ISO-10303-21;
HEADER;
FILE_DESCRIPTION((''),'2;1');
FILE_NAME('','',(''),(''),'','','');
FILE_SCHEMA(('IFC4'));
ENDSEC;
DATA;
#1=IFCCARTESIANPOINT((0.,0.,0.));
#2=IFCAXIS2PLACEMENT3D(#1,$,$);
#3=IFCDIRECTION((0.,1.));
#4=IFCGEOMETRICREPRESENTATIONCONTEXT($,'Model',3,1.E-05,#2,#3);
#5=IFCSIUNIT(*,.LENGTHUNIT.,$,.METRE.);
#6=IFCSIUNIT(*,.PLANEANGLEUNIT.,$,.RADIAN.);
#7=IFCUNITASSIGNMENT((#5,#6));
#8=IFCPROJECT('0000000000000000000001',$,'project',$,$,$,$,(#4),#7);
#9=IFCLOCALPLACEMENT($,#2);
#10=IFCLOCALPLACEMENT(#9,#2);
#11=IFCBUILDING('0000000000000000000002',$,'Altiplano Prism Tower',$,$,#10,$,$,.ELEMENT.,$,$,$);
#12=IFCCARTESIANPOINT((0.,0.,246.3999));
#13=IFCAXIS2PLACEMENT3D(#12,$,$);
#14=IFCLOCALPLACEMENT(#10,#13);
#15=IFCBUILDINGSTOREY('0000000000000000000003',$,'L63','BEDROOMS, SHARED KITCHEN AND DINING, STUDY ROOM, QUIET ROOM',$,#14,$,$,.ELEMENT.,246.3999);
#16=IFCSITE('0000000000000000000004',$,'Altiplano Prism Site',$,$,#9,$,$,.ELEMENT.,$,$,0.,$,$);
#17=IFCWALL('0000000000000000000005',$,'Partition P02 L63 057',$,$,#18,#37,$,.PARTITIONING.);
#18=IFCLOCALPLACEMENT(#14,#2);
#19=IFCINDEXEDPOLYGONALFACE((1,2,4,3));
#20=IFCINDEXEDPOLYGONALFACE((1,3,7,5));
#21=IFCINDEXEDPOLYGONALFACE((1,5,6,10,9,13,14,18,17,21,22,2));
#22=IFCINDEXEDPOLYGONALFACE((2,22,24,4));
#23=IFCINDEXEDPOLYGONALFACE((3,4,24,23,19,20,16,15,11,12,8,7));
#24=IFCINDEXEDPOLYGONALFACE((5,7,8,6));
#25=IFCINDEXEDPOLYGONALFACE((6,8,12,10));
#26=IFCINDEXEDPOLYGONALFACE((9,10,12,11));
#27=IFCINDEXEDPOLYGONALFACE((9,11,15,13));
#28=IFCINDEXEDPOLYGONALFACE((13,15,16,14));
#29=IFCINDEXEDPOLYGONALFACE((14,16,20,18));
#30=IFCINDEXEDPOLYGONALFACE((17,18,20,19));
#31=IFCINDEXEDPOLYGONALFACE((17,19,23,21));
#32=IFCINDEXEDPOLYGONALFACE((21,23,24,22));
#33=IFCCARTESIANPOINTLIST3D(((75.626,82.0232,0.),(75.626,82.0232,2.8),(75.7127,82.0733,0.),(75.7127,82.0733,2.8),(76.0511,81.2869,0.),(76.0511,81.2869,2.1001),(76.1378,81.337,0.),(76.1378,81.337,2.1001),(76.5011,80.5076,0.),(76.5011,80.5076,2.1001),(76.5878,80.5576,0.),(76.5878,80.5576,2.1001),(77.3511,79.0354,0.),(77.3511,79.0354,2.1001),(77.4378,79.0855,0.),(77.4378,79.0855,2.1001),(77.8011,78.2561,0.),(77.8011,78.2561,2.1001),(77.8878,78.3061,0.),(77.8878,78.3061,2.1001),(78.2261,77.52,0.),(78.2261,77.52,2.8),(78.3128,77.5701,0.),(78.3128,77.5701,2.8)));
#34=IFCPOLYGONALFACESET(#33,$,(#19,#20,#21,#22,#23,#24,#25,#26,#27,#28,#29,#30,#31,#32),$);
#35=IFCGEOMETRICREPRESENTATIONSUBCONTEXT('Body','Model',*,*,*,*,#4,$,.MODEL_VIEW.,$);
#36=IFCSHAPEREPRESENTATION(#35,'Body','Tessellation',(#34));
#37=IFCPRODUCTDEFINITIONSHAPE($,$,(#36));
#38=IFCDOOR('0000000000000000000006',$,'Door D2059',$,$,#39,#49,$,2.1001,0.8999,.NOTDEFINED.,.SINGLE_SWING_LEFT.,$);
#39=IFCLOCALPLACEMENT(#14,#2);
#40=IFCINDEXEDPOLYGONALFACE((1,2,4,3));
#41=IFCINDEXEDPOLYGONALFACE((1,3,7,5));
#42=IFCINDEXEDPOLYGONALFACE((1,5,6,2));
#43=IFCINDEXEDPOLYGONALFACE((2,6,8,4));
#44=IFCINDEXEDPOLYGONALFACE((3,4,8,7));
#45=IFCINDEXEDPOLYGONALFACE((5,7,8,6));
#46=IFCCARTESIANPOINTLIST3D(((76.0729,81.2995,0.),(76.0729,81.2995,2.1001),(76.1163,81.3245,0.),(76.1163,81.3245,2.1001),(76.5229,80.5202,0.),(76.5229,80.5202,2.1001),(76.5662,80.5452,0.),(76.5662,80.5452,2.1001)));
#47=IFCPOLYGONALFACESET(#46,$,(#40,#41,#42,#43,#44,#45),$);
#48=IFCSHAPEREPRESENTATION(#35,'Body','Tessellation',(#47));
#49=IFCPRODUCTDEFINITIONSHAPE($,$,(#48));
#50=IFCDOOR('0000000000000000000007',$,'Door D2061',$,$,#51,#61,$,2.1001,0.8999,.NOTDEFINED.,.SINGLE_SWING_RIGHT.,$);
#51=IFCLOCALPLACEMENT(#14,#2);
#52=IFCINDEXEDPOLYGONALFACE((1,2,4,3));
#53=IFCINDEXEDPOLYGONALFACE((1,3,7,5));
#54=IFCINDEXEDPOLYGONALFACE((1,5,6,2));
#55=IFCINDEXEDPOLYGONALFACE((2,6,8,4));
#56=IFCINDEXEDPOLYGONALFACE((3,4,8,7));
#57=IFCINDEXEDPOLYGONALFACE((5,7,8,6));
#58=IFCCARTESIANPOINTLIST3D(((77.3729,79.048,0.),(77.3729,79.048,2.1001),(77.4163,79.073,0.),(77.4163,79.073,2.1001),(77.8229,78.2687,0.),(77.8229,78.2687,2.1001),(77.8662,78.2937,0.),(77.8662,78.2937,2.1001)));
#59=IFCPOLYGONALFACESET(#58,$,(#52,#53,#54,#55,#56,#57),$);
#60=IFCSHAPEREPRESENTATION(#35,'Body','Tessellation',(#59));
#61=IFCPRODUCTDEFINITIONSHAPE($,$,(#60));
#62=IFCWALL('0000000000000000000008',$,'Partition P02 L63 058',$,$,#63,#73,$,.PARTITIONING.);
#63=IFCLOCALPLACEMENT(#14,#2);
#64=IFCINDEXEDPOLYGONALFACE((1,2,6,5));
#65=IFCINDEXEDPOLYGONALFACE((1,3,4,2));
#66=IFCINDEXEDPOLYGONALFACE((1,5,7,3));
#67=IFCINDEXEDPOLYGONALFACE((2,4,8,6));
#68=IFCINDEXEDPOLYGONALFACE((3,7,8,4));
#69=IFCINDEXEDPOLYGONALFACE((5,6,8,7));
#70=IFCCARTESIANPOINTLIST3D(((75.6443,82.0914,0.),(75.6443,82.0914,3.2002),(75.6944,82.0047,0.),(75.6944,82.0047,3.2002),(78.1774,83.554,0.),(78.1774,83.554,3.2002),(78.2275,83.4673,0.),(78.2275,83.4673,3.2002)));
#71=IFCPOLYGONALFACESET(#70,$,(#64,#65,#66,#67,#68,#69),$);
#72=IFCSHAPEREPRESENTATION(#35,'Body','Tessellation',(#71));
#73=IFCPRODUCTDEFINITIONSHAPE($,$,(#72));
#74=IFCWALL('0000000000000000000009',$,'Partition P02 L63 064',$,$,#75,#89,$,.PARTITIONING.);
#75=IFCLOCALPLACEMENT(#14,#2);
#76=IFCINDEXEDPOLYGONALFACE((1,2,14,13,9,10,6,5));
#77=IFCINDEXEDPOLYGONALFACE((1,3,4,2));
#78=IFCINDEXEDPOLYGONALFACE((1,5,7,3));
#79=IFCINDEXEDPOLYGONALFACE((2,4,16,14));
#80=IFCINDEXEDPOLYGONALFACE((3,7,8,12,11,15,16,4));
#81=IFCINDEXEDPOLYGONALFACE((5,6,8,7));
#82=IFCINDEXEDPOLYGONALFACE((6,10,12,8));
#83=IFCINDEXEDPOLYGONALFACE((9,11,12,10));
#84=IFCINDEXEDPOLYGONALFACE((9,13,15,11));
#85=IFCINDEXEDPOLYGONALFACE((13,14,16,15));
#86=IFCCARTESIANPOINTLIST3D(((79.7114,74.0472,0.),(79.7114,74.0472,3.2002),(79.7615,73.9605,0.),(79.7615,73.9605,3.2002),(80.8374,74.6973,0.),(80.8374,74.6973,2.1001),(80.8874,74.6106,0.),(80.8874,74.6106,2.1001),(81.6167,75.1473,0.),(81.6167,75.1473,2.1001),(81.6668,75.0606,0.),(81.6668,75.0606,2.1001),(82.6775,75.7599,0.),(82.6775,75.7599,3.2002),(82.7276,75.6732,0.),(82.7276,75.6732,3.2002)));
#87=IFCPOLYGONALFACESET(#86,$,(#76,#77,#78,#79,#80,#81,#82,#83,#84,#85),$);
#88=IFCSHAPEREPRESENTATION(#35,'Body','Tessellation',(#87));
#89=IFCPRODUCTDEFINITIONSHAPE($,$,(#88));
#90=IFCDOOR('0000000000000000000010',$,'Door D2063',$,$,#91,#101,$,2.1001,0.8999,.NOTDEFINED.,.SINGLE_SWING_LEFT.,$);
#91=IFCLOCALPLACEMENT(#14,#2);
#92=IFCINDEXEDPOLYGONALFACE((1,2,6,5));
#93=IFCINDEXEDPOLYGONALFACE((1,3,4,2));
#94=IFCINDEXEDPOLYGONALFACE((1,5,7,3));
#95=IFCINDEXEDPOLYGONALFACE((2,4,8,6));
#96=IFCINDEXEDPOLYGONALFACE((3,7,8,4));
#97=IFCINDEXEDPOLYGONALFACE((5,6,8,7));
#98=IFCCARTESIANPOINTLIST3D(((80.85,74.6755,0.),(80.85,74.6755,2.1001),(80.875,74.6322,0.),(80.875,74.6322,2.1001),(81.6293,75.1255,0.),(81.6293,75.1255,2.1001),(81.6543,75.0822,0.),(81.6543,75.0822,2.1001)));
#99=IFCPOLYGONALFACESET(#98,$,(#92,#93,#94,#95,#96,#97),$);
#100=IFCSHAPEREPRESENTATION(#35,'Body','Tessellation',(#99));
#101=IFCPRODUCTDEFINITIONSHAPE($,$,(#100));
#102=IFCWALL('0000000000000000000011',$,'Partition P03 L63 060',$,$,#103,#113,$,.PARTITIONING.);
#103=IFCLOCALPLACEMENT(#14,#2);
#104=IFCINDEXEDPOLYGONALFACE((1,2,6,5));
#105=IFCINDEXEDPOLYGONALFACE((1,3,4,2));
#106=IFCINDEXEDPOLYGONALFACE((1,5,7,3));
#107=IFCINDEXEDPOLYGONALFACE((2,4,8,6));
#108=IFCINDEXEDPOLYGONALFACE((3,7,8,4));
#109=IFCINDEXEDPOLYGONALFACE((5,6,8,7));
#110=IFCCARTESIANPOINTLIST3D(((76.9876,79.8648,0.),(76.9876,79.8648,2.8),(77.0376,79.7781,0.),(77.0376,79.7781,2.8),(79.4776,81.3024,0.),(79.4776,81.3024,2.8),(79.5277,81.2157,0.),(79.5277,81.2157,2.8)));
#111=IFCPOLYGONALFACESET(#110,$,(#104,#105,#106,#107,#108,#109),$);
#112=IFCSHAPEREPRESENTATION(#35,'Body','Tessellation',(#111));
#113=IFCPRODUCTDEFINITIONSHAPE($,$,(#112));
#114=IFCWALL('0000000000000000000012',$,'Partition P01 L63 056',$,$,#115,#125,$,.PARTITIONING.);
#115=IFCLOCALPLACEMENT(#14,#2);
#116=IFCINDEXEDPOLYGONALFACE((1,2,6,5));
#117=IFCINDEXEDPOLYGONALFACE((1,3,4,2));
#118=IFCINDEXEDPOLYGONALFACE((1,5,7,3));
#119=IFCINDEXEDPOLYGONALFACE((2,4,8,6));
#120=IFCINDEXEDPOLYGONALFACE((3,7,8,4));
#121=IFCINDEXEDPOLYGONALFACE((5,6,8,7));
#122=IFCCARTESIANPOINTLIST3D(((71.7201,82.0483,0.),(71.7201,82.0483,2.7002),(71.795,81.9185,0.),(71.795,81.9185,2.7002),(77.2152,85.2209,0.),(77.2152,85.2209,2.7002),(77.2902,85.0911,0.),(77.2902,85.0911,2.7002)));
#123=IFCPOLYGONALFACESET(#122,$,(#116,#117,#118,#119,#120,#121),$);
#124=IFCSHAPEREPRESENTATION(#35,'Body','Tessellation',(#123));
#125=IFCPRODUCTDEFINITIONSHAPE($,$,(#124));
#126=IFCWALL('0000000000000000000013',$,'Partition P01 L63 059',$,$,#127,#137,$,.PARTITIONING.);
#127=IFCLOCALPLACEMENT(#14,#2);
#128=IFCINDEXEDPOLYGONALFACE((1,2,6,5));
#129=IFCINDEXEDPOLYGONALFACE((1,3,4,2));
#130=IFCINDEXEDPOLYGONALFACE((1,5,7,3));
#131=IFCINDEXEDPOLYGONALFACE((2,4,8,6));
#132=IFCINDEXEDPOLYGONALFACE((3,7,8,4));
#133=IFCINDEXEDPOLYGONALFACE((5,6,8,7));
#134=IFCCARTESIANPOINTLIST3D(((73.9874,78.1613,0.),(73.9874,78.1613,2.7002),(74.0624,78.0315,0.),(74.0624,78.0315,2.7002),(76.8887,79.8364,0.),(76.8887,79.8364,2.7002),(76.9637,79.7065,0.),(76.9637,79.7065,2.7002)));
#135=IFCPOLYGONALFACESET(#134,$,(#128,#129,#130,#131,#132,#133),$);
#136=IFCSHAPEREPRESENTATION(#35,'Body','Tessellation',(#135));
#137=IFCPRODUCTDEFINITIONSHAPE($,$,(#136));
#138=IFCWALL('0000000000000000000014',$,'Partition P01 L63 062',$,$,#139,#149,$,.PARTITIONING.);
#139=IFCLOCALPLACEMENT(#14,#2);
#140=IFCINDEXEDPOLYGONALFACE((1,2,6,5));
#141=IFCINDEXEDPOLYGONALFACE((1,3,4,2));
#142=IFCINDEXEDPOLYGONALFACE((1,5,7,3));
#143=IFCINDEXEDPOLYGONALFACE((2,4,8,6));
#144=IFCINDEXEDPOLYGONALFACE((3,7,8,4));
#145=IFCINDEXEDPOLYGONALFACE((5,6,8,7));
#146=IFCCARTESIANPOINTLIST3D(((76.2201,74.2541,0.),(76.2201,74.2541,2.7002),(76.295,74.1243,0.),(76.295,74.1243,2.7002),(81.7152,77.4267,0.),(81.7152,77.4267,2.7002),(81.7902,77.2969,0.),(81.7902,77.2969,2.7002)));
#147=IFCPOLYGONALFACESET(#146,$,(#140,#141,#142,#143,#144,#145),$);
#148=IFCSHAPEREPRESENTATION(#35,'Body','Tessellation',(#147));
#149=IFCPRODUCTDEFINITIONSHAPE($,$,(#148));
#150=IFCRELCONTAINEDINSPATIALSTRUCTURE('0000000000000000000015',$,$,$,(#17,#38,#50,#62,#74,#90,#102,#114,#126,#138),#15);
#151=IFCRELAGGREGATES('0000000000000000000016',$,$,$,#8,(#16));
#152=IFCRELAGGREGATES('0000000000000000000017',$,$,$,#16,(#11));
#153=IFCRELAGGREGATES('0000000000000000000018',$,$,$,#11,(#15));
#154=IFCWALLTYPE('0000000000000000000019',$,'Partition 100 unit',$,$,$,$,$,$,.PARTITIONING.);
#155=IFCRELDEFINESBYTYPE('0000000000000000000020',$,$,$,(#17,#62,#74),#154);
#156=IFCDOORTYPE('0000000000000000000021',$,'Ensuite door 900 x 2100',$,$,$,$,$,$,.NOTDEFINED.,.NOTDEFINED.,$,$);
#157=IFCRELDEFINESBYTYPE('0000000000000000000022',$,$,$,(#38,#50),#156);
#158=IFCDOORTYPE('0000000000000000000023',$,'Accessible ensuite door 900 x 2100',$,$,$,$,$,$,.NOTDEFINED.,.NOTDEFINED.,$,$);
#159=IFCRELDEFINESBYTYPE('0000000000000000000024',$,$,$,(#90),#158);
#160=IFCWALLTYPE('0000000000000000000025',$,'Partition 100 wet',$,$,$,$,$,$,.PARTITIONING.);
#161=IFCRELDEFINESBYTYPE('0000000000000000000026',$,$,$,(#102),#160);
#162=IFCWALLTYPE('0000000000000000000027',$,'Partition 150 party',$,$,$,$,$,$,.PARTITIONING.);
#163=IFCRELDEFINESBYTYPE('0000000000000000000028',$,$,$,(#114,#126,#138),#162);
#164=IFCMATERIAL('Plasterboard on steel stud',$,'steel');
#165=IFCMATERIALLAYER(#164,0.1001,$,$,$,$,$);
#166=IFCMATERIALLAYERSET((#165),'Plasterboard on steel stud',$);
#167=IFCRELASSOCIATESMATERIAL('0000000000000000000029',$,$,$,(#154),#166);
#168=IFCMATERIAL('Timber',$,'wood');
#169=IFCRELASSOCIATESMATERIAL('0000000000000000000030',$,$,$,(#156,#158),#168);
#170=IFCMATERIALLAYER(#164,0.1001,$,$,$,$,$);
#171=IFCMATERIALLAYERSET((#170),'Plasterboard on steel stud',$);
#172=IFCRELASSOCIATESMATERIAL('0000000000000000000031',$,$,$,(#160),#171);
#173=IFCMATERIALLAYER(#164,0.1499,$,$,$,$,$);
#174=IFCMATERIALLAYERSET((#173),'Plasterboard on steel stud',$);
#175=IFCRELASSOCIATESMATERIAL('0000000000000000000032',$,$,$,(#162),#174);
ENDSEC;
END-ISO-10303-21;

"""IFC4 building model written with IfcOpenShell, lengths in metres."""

from ifc_helpers import new_model, si_unit, direction, frame, frame_2d, origin, place, context, subcontext, project, spatial, rectangle, extrude, material, layer, layer_set, type_object, element, fill, save


model = new_model("IFC4")

# Units and contexts
model_context = context("Model", 3, precision=1e-05, world=origin(), true_north=direction((0.0, 1.0)))
body_context = subcontext(model_context, "Body", "Model", "MODEL_VIEW")
ifc_project = project(units=[si_unit("LENGTHUNIT", "METRE"), si_unit("PLANEANGLEUNIT", "RADIAN")], contexts=[model_context])

# Site, building, storey
site_placement = place(None, origin())
site = spatial("IfcSite", under=ifc_project, at=site_placement, Name="Altiplano Prism Site", CompositionType="ELEMENT", RefElevation=0.0)
building_placement = place(site_placement, origin())
building = spatial("IfcBuilding", under=site, at=building_placement, Name="Altiplano Prism Tower", CompositionType="ELEMENT")
storey_placement = place(building_placement, frame((0.0, 0.0, 246.3999)))
storey = spatial("IfcBuildingStorey", under=building, at=storey_placement, Name="L63", Description="BEDROOMS, SHARED KITCHEN AND DINING, STUDY ROOM, QUIET ROOM", CompositionType="ELEMENT", Elevation=246.3999)

# Wall, openings, doors
ifc_material_1 = material(Name="Plasterboard on steel stud", Category="steel")
ifc_layer_1 = layer(ifc_material_1, 0.1001)
ifc_layer_set_1 = layer_set([ifc_layer_1], Name="Plasterboard on steel stud")
wall_type_1 = type_object("IfcWallType", Name="Partition 100 unit", PredefinedType="PARTITIONING", material=ifc_layer_set_1)
wall_1_placement = place(storey_placement, frame((78.2695, 77.5449, 0.0), z_axis=(0.0, 0.0, 1.0), x_axis=(-0.500027, 0.86601, 0.0)))
wall_1 = element("IfcWall", 1, at=wall_1_placement, inside=storey, type_object=wall_type_1, Name="Partition P02 L63 057", PredefinedType="PARTITIONING", context=body_context, shape_type="SweptSolid", body=[
    extrude(rectangle(XDim=5.2, YDim=0.1001, at=frame_2d((2.6001, 0.0))), origin(), (0.0, 0.0, 1.0), 2.8),
])
opening_1_placement = place(wall_1_placement, frame((3.45, 0.0, 0.0)))
opening_1 = element("IfcOpeningElement", 2, at=opening_1_placement, cuts=wall_1, PredefinedType="OPENING", context=body_context, shape_type="SweptSolid", body=[
    extrude(rectangle(XDim=0.8999, YDim=2.1001, at=frame_2d((0.45, 1.05))), frame((0.0, 0.0605, 0.0), z_axis=(0.0, -1.0, 0.0), x_axis=(1.0, 0.0, 0.0)), (0.0, 0.0, 1.0), 0.1211),
])
opening_2_placement = place(wall_1_placement, frame((0.8501, 0.0, 0.0)))
opening_2 = element("IfcOpeningElement", 3, at=opening_2_placement, cuts=wall_1, PredefinedType="OPENING", context=body_context, shape_type="SweptSolid", body=[
    extrude(rectangle(XDim=0.8999, YDim=2.1001, at=frame_2d((0.45, 1.05))), frame((0.0, 0.0605, 0.0), z_axis=(0.0, -1.0, 0.0), x_axis=(1.0, 0.0, 0.0)), (0.0, 0.0, 1.0), 0.1211),
])
ifc_material_2 = material(Name="Timber", Category="wood")
door_type_1 = type_object("IfcDoorType", Name="Ensuite door 900 x 2100", OperationType="NOTDEFINED", PredefinedType="NOTDEFINED", material=ifc_material_2)
door_1_placement = place(opening_1_placement, origin())
door_1 = element("IfcDoor", 4, at=door_1_placement, inside=storey, type_object=door_type_1, Name="Door D2059", OperationType="SINGLE_SWING_LEFT", OverallHeight=2.1001, OverallWidth=0.8999, PredefinedType="NOTDEFINED", context=body_context, shape_type="SweptSolid", body=[
    extrude(rectangle(XDim=0.8999, YDim=2.1001, at=frame_2d((0.45, 1.05))), frame((0.0, 0.0249, 0.0), z_axis=(0.0, -1.0, 0.0), x_axis=(1.0, 0.0, 0.0)), (0.0, 0.0, 1.0), 0.05),
])
fill(opening_1, door_1)
door_2_placement = place(opening_2_placement, origin())
door_2 = element("IfcDoor", 5, at=door_2_placement, inside=storey, type_object=door_type_1, Name="Door D2061", OperationType="SINGLE_SWING_RIGHT", OverallHeight=2.1001, OverallWidth=0.8999, PredefinedType="NOTDEFINED", context=body_context, shape_type="SweptSolid", body=[
    extrude(rectangle(XDim=0.8999, YDim=2.1001, at=frame_2d((0.45, 1.05))), frame((0.0, 0.0249, 0.0), z_axis=(0.0, -1.0, 0.0), x_axis=(1.0, 0.0, 0.0)), (0.0, 0.0, 1.0), 0.05),
])
fill(opening_2, door_2)

# Wall
wall_2_placement = place(storey_placement, frame((75.6694, 82.0481, 0.0), z_axis=(0.0, 0.0, 1.0), x_axis=(0.86601, 0.500026, 0.0)))
element("IfcWall", 6, at=wall_2_placement, inside=storey, type_object=wall_type_1, Name="Partition P02 L63 058", PredefinedType="PARTITIONING", context=body_context, shape_type="SweptSolid", body=[
    extrude(rectangle(XDim=2.925, YDim=0.1001, at=frame_2d((1.4624, 0.0))), origin(), (0.0, 0.0, 1.0), 3.2002),
])

# Wall, opening, door
wall_3_placement = place(storey_placement, frame((79.7366, 74.0039, 0.0), z_axis=(0.0, 0.0, 1.0), x_axis=(0.866002, 0.500041, 0.0)))
wall_3 = element("IfcWall", 7, at=wall_3_placement, inside=storey, type_object=wall_type_1, Name="Partition P02 L63 064", PredefinedType="PARTITIONING", context=body_context, shape_type="SweptSolid", body=[
    extrude(rectangle(XDim=3.425, YDim=0.1001, at=frame_2d((1.7124, 0.0))), origin(), (0.0, 0.0, 1.0), 3.2002),
])
opening_3_placement = place(wall_3_placement, frame((1.3, 0.0, 0.0)))
opening_3 = element("IfcOpeningElement", 8, at=opening_3_placement, cuts=wall_3, PredefinedType="OPENING", context=body_context, shape_type="SweptSolid", body=[
    extrude(rectangle(XDim=0.8999, YDim=2.1001, at=frame_2d((0.45, 1.05))), frame((0.0, 0.0605, 0.0), z_axis=(0.0, -1.0, 0.0), x_axis=(1.0, 0.0, 0.0)), (0.0, 0.0, 1.0), 0.1211),
])
door_type_2 = type_object("IfcDoorType", Name="Accessible ensuite door 900 x 2100", OperationType="NOTDEFINED", PredefinedType="NOTDEFINED", material=ifc_material_2)
door_3_placement = place(opening_3_placement, origin())
door_3 = element("IfcDoor", 9, at=door_3_placement, inside=storey, type_object=door_type_2, Name="Door D2063", OperationType="SINGLE_SWING_LEFT", OverallHeight=2.1001, OverallWidth=0.8999, PredefinedType="NOTDEFINED", context=body_context, shape_type="SweptSolid", body=[
    extrude(rectangle(XDim=0.8999, YDim=2.1001, at=frame_2d((0.45, 1.05))), frame((0.0, 0.0249, 0.0), z_axis=(0.0, -1.0, 0.0), x_axis=(1.0, 0.0, 0.0)), (0.0, 0.0, 1.0), 0.05),
])
fill(opening_3, door_3)

# Walls
ifc_layer_2 = layer(ifc_material_1, 0.1001)
ifc_layer_set_2 = layer_set([ifc_layer_2], Name="Plasterboard on steel stud")
wall_type_2 = type_object("IfcWallType", Name="Partition 100 wet", PredefinedType="PARTITIONING", material=ifc_layer_set_2)
wall_4_placement = place(storey_placement, frame((77.0127, 79.8215, 0.0), z_axis=(0.0, 0.0, 1.0), x_axis=(0.86604, 0.499975, 0.0)))
element("IfcWall", 10, at=wall_4_placement, inside=storey, type_object=wall_type_2, Name="Partition P03 L63 060", PredefinedType="PARTITIONING", context=body_context, shape_type="SweptSolid", body=[
    extrude(rectangle(XDim=2.8752, YDim=0.1001, at=frame_2d((1.4375, 0.0))), origin(), (0.0, 0.0, 1.0), 2.8),
])
ifc_layer_3 = layer(ifc_material_1, 0.1499)
ifc_layer_set_3 = layer_set([ifc_layer_3], Name="Plasterboard on steel stud")
wall_type_3 = type_object("IfcWallType", Name="Partition 150 party", PredefinedType="PARTITIONING", material=ifc_layer_set_3)
wall_5_placement = place(storey_placement, frame((71.7576, 81.9834, 0.0), z_axis=(0.0, 0.0, 1.0), x_axis=(0.866025, 0.5, 0.0)))
element("IfcWall", 11, at=wall_5_placement, inside=storey, type_object=wall_type_3, Name="Partition P01 L63 056", PredefinedType="PARTITIONING", context=body_context, shape_type="SweptSolid", body=[
    extrude(rectangle(XDim=6.3452, YDim=0.1499, at=frame_2d((3.1726, 0.0))), origin(), (0.0, 0.0, 1.0), 2.7002),
])
wall_6_placement = place(storey_placement, frame((74.0249, 78.0964, 0.0), z_axis=(0.0, 0.0, 1.0), x_axis=(0.866033, 0.499987, 0.0)))
element("IfcWall", 12, at=wall_6_placement, inside=storey, type_object=wall_type_3, Name="Partition P01 L63 059", PredefinedType="PARTITIONING", context=body_context, shape_type="SweptSolid", body=[
    extrude(rectangle(XDim=3.3501, YDim=0.1499, at=frame_2d((1.675, 0.0))), origin(), (0.0, 0.0, 1.0), 2.7002),
])
wall_7_placement = place(storey_placement, frame((76.2576, 74.1892, 0.0), z_axis=(0.0, 0.0, 1.0), x_axis=(0.866025, 0.5, 0.0)))
element("IfcWall", 13, at=wall_7_placement, inside=storey, type_object=wall_type_3, Name="Partition P01 L63 062", PredefinedType="PARTITIONING", context=body_context, shape_type="SweptSolid", body=[
    extrude(rectangle(XDim=6.3452, YDim=0.1499, at=frame_2d((3.1726, 0.0))), origin(), (0.0, 0.0, 1.0), 2.7002),
])

save(model, "model.ifc")
